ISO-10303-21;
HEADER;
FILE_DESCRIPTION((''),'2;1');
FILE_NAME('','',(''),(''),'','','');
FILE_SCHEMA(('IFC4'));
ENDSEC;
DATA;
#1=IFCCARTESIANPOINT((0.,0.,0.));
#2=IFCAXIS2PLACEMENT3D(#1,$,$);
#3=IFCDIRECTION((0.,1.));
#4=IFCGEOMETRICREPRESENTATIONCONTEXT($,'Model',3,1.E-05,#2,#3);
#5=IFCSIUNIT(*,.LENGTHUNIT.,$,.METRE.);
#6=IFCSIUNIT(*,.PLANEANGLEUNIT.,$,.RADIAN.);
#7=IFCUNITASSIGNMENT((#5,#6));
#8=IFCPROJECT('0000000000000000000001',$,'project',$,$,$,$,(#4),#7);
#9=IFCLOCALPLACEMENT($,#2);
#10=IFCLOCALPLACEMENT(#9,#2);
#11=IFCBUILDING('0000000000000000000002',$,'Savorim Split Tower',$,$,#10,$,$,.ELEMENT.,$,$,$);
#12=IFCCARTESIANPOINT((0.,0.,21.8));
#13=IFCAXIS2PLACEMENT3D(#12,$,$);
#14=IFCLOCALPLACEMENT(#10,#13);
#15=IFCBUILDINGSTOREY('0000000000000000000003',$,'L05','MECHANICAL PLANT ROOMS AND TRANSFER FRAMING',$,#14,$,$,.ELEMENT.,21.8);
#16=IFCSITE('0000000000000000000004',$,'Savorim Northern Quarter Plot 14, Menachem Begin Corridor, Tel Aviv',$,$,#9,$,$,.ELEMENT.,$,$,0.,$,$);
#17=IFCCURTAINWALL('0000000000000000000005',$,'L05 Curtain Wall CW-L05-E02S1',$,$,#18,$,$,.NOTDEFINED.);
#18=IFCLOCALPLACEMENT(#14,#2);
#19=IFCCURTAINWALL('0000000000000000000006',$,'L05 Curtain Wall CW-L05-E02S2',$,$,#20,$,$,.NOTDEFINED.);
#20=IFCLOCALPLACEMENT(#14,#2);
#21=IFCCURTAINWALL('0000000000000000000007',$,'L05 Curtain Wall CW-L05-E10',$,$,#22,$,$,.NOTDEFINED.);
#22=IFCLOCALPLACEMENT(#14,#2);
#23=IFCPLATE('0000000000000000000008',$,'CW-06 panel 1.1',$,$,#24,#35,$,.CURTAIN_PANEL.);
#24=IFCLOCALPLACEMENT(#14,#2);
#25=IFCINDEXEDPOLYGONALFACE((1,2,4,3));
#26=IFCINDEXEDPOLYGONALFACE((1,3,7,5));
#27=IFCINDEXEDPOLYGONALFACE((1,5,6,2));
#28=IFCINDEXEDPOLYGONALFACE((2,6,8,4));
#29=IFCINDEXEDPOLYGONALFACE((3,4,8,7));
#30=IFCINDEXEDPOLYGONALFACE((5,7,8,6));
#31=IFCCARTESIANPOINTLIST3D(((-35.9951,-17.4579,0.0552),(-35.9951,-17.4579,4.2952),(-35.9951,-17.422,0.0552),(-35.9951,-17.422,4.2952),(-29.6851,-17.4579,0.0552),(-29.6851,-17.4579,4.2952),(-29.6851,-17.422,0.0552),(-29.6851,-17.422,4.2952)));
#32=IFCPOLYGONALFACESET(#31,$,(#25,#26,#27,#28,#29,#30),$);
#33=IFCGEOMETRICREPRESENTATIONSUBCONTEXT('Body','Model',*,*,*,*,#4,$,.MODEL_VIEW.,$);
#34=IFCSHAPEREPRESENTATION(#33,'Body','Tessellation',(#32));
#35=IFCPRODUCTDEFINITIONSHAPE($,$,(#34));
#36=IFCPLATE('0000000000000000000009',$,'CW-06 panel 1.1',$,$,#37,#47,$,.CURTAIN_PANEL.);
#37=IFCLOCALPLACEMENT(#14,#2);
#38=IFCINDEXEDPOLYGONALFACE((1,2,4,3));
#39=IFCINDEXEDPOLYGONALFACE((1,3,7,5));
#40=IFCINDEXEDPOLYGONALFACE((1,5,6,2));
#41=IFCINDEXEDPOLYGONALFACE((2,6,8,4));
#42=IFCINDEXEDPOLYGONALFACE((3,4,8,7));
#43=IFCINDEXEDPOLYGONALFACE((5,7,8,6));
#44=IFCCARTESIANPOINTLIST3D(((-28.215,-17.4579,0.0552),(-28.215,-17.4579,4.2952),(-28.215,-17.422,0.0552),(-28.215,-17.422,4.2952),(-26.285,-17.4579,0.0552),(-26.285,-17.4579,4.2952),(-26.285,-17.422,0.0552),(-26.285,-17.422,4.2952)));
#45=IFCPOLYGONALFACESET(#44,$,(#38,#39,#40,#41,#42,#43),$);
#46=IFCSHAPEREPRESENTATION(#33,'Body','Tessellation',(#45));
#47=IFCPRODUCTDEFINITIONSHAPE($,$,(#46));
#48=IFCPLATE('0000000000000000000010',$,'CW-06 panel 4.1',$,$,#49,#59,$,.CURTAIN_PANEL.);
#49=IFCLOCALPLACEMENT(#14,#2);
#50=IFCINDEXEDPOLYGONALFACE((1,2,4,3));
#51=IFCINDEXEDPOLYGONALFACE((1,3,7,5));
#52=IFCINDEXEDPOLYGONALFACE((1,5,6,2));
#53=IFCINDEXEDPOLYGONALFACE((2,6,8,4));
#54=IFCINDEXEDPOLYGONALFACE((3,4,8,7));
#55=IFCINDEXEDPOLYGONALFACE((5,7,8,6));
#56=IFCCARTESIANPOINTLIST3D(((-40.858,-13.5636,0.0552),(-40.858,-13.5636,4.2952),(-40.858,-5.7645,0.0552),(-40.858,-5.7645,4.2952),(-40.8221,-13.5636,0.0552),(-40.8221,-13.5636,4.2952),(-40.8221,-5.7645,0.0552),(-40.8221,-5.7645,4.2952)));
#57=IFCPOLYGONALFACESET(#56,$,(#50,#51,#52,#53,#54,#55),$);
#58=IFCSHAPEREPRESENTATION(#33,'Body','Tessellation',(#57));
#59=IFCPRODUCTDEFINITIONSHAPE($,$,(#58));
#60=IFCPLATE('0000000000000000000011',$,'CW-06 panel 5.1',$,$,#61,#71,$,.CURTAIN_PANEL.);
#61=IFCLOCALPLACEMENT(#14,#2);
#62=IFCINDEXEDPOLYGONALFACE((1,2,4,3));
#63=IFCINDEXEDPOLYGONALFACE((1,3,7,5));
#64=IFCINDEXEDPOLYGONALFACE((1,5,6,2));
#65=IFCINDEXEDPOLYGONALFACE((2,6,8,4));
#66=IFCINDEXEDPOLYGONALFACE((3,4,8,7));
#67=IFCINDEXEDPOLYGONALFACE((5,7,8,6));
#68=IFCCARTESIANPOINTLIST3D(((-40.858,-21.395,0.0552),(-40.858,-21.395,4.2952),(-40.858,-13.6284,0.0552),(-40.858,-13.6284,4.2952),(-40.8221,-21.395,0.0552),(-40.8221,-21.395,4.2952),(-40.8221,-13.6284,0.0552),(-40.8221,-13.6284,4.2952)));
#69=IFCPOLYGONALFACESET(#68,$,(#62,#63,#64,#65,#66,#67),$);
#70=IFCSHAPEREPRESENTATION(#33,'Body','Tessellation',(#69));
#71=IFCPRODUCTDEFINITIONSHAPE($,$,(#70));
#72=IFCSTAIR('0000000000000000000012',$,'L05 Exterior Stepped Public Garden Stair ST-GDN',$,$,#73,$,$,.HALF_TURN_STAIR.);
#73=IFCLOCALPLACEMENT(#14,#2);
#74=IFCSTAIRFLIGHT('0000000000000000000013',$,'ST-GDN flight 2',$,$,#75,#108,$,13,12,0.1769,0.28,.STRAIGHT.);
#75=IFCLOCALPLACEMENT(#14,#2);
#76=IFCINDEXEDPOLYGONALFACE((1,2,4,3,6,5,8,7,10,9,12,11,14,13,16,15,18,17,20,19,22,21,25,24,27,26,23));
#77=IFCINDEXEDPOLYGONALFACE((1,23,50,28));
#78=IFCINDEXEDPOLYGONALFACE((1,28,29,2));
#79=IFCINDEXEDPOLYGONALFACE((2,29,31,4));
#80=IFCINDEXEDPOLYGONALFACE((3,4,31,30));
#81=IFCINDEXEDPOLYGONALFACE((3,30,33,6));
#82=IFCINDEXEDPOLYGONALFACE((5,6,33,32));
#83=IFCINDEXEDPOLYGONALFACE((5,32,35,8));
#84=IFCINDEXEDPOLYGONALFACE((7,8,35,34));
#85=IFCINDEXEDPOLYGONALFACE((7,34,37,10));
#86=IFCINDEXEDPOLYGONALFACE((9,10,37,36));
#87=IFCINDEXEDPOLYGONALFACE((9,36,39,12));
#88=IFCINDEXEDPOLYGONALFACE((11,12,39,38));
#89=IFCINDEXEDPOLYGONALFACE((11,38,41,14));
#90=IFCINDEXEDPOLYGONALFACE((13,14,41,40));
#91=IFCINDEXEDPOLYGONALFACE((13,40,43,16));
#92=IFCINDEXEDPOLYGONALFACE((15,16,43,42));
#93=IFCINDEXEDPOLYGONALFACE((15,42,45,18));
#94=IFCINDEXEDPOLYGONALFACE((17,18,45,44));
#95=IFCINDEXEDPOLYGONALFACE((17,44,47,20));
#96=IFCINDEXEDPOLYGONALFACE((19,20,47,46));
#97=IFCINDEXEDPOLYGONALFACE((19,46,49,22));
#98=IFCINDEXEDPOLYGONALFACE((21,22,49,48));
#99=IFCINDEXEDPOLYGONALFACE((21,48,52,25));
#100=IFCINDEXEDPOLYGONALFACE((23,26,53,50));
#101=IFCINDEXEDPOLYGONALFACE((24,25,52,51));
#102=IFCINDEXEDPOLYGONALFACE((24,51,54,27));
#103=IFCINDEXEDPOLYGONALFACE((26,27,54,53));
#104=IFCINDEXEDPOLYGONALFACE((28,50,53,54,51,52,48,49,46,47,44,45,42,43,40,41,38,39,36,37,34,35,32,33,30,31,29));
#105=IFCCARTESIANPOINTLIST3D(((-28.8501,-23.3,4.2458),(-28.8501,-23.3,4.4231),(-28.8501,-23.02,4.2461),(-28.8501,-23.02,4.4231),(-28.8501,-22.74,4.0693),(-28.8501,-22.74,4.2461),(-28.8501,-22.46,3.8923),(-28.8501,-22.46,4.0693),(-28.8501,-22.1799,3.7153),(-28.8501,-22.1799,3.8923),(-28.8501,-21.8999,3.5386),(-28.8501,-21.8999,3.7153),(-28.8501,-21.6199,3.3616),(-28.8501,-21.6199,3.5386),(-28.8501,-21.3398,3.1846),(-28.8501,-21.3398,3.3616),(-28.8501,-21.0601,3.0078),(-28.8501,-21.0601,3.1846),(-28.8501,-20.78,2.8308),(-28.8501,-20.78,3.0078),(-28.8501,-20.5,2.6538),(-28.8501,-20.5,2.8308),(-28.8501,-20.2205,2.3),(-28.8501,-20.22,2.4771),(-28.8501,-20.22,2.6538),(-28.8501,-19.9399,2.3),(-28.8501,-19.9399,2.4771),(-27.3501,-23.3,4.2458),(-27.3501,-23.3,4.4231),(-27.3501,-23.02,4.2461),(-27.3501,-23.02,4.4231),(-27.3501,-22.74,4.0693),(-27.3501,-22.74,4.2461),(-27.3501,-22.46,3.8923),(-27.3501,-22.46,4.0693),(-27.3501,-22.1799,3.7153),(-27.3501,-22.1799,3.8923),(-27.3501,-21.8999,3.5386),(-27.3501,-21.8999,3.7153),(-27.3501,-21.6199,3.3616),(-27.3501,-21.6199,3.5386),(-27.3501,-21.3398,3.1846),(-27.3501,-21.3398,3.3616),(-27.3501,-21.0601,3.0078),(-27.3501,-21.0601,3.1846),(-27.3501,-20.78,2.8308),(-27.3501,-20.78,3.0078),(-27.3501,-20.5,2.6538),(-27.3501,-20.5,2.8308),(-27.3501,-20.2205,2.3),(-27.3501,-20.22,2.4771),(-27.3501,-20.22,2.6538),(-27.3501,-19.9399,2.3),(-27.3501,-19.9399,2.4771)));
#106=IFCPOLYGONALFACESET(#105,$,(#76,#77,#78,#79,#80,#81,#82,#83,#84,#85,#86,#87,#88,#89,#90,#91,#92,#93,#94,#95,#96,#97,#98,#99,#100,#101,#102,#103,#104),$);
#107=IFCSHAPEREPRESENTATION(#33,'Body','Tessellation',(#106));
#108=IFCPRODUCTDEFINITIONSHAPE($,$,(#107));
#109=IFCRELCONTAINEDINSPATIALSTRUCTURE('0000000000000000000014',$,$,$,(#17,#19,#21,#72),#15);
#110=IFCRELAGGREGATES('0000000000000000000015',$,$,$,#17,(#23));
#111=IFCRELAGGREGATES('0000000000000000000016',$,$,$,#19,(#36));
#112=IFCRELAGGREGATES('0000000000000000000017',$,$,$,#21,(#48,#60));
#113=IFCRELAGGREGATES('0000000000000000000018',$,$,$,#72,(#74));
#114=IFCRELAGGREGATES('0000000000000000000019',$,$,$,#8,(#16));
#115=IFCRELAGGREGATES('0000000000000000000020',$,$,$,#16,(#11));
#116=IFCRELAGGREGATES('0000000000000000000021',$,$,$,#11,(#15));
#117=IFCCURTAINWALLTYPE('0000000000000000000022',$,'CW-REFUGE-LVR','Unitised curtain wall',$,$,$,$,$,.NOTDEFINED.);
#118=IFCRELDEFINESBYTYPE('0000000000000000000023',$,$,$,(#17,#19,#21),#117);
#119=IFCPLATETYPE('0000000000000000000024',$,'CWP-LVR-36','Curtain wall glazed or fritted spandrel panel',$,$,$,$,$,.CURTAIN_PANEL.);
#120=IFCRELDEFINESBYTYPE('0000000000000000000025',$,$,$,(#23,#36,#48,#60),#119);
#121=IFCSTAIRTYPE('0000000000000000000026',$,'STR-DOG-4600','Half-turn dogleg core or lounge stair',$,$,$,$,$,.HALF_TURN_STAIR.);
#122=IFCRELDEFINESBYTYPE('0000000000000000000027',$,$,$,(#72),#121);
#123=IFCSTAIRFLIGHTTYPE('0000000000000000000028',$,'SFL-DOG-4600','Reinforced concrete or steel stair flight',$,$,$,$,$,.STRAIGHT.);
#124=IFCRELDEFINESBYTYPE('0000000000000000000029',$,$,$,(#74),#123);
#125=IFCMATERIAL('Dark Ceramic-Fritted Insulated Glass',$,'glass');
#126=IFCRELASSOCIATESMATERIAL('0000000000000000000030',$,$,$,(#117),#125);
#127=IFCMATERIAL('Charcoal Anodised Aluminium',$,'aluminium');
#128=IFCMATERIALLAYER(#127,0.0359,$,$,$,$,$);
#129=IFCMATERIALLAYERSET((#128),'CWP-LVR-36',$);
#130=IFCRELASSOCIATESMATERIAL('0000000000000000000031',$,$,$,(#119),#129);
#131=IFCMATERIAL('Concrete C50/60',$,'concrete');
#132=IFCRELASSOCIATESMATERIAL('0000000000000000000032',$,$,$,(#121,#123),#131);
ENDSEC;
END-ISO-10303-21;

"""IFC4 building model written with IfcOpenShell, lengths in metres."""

from ifc_helpers import new_model, si_unit, direction, frame, origin, origin_2d, place, context, subcontext, project, spatial, polyline, rectangle, outline, extrude, material, layer, layer_set, type_object, element, aggregate, save


model = new_model("IFC4")

# Units and contexts
model_context = context("Model", 3, precision=1e-05, world=origin(), true_north=direction((0.0, 1.0)))
body_context = subcontext(model_context, "Body", "Model", "MODEL_VIEW")
ifc_project = project(units=[si_unit("LENGTHUNIT", "METRE"), si_unit("PLANEANGLEUNIT", "RADIAN")], contexts=[model_context])

# Site, building, storey
site_placement = place(None, origin())
site = spatial("IfcSite", under=ifc_project, at=site_placement, Name="Savorim Northern Quarter Plot 14, Menachem Begin Corridor, Tel Aviv", CompositionType="ELEMENT", RefElevation=0.0)
building_placement = place(site_placement, origin())
building = spatial("IfcBuilding", under=site, at=building_placement, Name="Savorim Split Tower", CompositionType="ELEMENT")
storey_placement = place(building_placement, frame((0.0, 0.0, 21.8)))
storey = spatial("IfcBuildingStorey", under=building, at=storey_placement, Name="L05", Description="MECHANICAL PLANT ROOMS AND TRANSFER FRAMING", CompositionType="ELEMENT", Elevation=21.8)

# Shared definitions
ifc_material_1 = material(Name="Dark Ceramic-Fritted Insulated Glass", Category="glass")
curtain_wall_type = type_object("IfcCurtainWallType", Name="CW-REFUGE-LVR", Description="Unitised curtain wall", PredefinedType="NOTDEFINED", material=ifc_material_1)
ifc_material_2 = material(Name="Charcoal Anodised Aluminium", Category="aluminium")

# Curtain walls
curtain_wall_1_placement = place(storey_placement, origin())
curtain_wall_1 = element("IfcCurtainWall", 1, at=curtain_wall_1_placement, inside=storey, type_object=curtain_wall_type, Name="L05 Curtain Wall CW-L05-E02S1", PredefinedType="NOTDEFINED")
curtain_wall_2_placement = place(storey_placement, origin())
curtain_wall_2 = element("IfcCurtainWall", 2, at=curtain_wall_2_placement, inside=storey, type_object=curtain_wall_type, Name="L05 Curtain Wall CW-L05-E02S2", PredefinedType="NOTDEFINED")

# Curtain wall
curtain_wall_3_placement = place(storey_placement, origin())
curtain_wall_3 = element("IfcCurtainWall", 3, at=curtain_wall_3_placement, inside=storey, type_object=curtain_wall_type, Name="L05 Curtain Wall CW-L05-E10", PredefinedType="NOTDEFINED")

# Plates
ifc_layer = layer(ifc_material_2, 0.0359)
ifc_layer_set = layer_set([ifc_layer], Name="CWP-LVR-36")
plate_type = type_object("IfcPlateType", Name="CWP-LVR-36", Description="Curtain wall glazed or fritted spandrel panel", PredefinedType="CURTAIN_PANEL", material=ifc_layer_set)
plate_1_placement = place(storey_placement, frame((-32.8401, -17.4399, 0.0552), z_axis=(0.0, 0.0, 1.0), x_axis=(1.0, 0.0, 0.0)))
plate_1 = element("IfcPlate", 4, at=plate_1_placement, type_object=plate_type, Name="CW-06 panel 1.1", PredefinedType="CURTAIN_PANEL", context=body_context, shape_type="SweptSolid", body=[
    extrude(rectangle(XDim=6.3101, YDim=0.0359, at=origin_2d()), origin(), (0.0, 0.0, 1.0), 4.24),
])
aggregate(curtain_wall_1, [plate_1])
plate_2_placement = place(storey_placement, frame((-27.25, -17.4399, 0.0552), z_axis=(0.0, 0.0, 1.0), x_axis=(1.0, 0.0, 0.0)))
plate_2 = element("IfcPlate", 5, at=plate_2_placement, type_object=plate_type, Name="CW-06 panel 1.1", PredefinedType="CURTAIN_PANEL", context=body_context, shape_type="SweptSolid", body=[
    extrude(rectangle(XDim=1.9299, YDim=0.0359, at=origin_2d()), origin(), (0.0, 0.0, 1.0), 4.24),
])
aggregate(curtain_wall_2, [plate_2])
plate_3_placement = place(storey_placement, frame((-40.8401, -9.6641, 0.0552), z_axis=(0.0, 0.0, 1.0), x_axis=(0.0, -1.0, 0.0)))
plate_3 = element("IfcPlate", 6, at=plate_3_placement, type_object=plate_type, Name="CW-06 panel 4.1", PredefinedType="CURTAIN_PANEL", context=body_context, shape_type="SweptSolid", body=[
    extrude(rectangle(XDim=7.7991, YDim=0.0359, at=origin_2d()), origin(), (0.0, 0.0, 1.0), 4.24),
])
plate_4_placement = place(storey_placement, frame((-40.8401, -17.5117, 0.0552), z_axis=(0.0, 0.0, 1.0), x_axis=(0.0, -1.0, 0.0)))
plate_4 = element("IfcPlate", 7, at=plate_4_placement, type_object=plate_type, Name="CW-06 panel 5.1", PredefinedType="CURTAIN_PANEL", context=body_context, shape_type="SweptSolid", body=[
    extrude(rectangle(XDim=7.7666, YDim=0.0359, at=origin_2d()), origin(), (0.0, 0.0, 1.0), 4.24),
])
aggregate(curtain_wall_3, [plate_3, plate_4])

# Stair, stair flight
ifc_material_3 = material(Name="Concrete C50/60", Category="concrete")
stair_type = type_object("IfcStairType", Name="STR-DOG-4600", Description="Half-turn dogleg core or lounge stair", PredefinedType="HALF_TURN_STAIR", material=ifc_material_3)
stair_placement = place(storey_placement, origin())
stair = element("IfcStair", 8, at=stair_placement, inside=storey, type_object=stair_type, Name="L05 Exterior Stepped Public Garden Stair ST-GDN", PredefinedType="HALF_TURN_STAIR")
stair_flight_type = type_object("IfcStairFlightType", Name="SFL-DOG-4600", Description="Reinforced concrete or steel stair flight", PredefinedType="STRAIGHT", material=ifc_material_3)
stair_flight_placement = place(storey_placement, frame((-28.1001, -19.9399, 2.3), z_axis=(0.0, 0.0, 1.0), x_axis=(0.0, -1.0, 0.0)))
stair_flight = element("IfcStairFlight", 9, at=stair_flight_placement, type_object=stair_flight_type, Name="ST-GDN flight 2", NumberOfRisers=13, NumberOfTreads=12, PredefinedType="STRAIGHT", RiserHeight=0.1769, TreadLength=0.28, context=body_context, shape_type="SweptSolid", body=[
    extrude(outline(polyline([(0.0, 0.0), (0.0, 0.177), (0.28, 0.177), (0.28, 0.3538), (0.5601, 0.3538), (0.5601, 0.5308), (0.8401, 0.5308), (0.8401, 0.7078), (1.1201, 0.7078), (1.1201, 0.8845), (1.3999, 0.8845), (1.3999, 1.0615), (1.6799, 1.0615), (1.6799, 1.2385), (1.96, 1.2385), (1.96, 1.4153), (2.24, 1.4153), (2.24, 1.5923), (2.52, 1.5923), (2.52, 1.7693), (2.8, 1.7693), (2.8, 1.946), (3.0801, 1.946), (3.0801, 2.123), (3.3601, 2.123), (3.3601, 2.3), (3.3601, 1.9458), (0.2805, 0.0), (0.0, 0.0)])), frame((0.0, 0.75, 0.0), z_axis=(0.0, -1.0, 0.0), x_axis=(1.0, 0.0, 0.0)), (0.0, 0.0, 1.0), 1.5),
])
aggregate(stair, [stair_flight])

save(model, "model.ifc")
